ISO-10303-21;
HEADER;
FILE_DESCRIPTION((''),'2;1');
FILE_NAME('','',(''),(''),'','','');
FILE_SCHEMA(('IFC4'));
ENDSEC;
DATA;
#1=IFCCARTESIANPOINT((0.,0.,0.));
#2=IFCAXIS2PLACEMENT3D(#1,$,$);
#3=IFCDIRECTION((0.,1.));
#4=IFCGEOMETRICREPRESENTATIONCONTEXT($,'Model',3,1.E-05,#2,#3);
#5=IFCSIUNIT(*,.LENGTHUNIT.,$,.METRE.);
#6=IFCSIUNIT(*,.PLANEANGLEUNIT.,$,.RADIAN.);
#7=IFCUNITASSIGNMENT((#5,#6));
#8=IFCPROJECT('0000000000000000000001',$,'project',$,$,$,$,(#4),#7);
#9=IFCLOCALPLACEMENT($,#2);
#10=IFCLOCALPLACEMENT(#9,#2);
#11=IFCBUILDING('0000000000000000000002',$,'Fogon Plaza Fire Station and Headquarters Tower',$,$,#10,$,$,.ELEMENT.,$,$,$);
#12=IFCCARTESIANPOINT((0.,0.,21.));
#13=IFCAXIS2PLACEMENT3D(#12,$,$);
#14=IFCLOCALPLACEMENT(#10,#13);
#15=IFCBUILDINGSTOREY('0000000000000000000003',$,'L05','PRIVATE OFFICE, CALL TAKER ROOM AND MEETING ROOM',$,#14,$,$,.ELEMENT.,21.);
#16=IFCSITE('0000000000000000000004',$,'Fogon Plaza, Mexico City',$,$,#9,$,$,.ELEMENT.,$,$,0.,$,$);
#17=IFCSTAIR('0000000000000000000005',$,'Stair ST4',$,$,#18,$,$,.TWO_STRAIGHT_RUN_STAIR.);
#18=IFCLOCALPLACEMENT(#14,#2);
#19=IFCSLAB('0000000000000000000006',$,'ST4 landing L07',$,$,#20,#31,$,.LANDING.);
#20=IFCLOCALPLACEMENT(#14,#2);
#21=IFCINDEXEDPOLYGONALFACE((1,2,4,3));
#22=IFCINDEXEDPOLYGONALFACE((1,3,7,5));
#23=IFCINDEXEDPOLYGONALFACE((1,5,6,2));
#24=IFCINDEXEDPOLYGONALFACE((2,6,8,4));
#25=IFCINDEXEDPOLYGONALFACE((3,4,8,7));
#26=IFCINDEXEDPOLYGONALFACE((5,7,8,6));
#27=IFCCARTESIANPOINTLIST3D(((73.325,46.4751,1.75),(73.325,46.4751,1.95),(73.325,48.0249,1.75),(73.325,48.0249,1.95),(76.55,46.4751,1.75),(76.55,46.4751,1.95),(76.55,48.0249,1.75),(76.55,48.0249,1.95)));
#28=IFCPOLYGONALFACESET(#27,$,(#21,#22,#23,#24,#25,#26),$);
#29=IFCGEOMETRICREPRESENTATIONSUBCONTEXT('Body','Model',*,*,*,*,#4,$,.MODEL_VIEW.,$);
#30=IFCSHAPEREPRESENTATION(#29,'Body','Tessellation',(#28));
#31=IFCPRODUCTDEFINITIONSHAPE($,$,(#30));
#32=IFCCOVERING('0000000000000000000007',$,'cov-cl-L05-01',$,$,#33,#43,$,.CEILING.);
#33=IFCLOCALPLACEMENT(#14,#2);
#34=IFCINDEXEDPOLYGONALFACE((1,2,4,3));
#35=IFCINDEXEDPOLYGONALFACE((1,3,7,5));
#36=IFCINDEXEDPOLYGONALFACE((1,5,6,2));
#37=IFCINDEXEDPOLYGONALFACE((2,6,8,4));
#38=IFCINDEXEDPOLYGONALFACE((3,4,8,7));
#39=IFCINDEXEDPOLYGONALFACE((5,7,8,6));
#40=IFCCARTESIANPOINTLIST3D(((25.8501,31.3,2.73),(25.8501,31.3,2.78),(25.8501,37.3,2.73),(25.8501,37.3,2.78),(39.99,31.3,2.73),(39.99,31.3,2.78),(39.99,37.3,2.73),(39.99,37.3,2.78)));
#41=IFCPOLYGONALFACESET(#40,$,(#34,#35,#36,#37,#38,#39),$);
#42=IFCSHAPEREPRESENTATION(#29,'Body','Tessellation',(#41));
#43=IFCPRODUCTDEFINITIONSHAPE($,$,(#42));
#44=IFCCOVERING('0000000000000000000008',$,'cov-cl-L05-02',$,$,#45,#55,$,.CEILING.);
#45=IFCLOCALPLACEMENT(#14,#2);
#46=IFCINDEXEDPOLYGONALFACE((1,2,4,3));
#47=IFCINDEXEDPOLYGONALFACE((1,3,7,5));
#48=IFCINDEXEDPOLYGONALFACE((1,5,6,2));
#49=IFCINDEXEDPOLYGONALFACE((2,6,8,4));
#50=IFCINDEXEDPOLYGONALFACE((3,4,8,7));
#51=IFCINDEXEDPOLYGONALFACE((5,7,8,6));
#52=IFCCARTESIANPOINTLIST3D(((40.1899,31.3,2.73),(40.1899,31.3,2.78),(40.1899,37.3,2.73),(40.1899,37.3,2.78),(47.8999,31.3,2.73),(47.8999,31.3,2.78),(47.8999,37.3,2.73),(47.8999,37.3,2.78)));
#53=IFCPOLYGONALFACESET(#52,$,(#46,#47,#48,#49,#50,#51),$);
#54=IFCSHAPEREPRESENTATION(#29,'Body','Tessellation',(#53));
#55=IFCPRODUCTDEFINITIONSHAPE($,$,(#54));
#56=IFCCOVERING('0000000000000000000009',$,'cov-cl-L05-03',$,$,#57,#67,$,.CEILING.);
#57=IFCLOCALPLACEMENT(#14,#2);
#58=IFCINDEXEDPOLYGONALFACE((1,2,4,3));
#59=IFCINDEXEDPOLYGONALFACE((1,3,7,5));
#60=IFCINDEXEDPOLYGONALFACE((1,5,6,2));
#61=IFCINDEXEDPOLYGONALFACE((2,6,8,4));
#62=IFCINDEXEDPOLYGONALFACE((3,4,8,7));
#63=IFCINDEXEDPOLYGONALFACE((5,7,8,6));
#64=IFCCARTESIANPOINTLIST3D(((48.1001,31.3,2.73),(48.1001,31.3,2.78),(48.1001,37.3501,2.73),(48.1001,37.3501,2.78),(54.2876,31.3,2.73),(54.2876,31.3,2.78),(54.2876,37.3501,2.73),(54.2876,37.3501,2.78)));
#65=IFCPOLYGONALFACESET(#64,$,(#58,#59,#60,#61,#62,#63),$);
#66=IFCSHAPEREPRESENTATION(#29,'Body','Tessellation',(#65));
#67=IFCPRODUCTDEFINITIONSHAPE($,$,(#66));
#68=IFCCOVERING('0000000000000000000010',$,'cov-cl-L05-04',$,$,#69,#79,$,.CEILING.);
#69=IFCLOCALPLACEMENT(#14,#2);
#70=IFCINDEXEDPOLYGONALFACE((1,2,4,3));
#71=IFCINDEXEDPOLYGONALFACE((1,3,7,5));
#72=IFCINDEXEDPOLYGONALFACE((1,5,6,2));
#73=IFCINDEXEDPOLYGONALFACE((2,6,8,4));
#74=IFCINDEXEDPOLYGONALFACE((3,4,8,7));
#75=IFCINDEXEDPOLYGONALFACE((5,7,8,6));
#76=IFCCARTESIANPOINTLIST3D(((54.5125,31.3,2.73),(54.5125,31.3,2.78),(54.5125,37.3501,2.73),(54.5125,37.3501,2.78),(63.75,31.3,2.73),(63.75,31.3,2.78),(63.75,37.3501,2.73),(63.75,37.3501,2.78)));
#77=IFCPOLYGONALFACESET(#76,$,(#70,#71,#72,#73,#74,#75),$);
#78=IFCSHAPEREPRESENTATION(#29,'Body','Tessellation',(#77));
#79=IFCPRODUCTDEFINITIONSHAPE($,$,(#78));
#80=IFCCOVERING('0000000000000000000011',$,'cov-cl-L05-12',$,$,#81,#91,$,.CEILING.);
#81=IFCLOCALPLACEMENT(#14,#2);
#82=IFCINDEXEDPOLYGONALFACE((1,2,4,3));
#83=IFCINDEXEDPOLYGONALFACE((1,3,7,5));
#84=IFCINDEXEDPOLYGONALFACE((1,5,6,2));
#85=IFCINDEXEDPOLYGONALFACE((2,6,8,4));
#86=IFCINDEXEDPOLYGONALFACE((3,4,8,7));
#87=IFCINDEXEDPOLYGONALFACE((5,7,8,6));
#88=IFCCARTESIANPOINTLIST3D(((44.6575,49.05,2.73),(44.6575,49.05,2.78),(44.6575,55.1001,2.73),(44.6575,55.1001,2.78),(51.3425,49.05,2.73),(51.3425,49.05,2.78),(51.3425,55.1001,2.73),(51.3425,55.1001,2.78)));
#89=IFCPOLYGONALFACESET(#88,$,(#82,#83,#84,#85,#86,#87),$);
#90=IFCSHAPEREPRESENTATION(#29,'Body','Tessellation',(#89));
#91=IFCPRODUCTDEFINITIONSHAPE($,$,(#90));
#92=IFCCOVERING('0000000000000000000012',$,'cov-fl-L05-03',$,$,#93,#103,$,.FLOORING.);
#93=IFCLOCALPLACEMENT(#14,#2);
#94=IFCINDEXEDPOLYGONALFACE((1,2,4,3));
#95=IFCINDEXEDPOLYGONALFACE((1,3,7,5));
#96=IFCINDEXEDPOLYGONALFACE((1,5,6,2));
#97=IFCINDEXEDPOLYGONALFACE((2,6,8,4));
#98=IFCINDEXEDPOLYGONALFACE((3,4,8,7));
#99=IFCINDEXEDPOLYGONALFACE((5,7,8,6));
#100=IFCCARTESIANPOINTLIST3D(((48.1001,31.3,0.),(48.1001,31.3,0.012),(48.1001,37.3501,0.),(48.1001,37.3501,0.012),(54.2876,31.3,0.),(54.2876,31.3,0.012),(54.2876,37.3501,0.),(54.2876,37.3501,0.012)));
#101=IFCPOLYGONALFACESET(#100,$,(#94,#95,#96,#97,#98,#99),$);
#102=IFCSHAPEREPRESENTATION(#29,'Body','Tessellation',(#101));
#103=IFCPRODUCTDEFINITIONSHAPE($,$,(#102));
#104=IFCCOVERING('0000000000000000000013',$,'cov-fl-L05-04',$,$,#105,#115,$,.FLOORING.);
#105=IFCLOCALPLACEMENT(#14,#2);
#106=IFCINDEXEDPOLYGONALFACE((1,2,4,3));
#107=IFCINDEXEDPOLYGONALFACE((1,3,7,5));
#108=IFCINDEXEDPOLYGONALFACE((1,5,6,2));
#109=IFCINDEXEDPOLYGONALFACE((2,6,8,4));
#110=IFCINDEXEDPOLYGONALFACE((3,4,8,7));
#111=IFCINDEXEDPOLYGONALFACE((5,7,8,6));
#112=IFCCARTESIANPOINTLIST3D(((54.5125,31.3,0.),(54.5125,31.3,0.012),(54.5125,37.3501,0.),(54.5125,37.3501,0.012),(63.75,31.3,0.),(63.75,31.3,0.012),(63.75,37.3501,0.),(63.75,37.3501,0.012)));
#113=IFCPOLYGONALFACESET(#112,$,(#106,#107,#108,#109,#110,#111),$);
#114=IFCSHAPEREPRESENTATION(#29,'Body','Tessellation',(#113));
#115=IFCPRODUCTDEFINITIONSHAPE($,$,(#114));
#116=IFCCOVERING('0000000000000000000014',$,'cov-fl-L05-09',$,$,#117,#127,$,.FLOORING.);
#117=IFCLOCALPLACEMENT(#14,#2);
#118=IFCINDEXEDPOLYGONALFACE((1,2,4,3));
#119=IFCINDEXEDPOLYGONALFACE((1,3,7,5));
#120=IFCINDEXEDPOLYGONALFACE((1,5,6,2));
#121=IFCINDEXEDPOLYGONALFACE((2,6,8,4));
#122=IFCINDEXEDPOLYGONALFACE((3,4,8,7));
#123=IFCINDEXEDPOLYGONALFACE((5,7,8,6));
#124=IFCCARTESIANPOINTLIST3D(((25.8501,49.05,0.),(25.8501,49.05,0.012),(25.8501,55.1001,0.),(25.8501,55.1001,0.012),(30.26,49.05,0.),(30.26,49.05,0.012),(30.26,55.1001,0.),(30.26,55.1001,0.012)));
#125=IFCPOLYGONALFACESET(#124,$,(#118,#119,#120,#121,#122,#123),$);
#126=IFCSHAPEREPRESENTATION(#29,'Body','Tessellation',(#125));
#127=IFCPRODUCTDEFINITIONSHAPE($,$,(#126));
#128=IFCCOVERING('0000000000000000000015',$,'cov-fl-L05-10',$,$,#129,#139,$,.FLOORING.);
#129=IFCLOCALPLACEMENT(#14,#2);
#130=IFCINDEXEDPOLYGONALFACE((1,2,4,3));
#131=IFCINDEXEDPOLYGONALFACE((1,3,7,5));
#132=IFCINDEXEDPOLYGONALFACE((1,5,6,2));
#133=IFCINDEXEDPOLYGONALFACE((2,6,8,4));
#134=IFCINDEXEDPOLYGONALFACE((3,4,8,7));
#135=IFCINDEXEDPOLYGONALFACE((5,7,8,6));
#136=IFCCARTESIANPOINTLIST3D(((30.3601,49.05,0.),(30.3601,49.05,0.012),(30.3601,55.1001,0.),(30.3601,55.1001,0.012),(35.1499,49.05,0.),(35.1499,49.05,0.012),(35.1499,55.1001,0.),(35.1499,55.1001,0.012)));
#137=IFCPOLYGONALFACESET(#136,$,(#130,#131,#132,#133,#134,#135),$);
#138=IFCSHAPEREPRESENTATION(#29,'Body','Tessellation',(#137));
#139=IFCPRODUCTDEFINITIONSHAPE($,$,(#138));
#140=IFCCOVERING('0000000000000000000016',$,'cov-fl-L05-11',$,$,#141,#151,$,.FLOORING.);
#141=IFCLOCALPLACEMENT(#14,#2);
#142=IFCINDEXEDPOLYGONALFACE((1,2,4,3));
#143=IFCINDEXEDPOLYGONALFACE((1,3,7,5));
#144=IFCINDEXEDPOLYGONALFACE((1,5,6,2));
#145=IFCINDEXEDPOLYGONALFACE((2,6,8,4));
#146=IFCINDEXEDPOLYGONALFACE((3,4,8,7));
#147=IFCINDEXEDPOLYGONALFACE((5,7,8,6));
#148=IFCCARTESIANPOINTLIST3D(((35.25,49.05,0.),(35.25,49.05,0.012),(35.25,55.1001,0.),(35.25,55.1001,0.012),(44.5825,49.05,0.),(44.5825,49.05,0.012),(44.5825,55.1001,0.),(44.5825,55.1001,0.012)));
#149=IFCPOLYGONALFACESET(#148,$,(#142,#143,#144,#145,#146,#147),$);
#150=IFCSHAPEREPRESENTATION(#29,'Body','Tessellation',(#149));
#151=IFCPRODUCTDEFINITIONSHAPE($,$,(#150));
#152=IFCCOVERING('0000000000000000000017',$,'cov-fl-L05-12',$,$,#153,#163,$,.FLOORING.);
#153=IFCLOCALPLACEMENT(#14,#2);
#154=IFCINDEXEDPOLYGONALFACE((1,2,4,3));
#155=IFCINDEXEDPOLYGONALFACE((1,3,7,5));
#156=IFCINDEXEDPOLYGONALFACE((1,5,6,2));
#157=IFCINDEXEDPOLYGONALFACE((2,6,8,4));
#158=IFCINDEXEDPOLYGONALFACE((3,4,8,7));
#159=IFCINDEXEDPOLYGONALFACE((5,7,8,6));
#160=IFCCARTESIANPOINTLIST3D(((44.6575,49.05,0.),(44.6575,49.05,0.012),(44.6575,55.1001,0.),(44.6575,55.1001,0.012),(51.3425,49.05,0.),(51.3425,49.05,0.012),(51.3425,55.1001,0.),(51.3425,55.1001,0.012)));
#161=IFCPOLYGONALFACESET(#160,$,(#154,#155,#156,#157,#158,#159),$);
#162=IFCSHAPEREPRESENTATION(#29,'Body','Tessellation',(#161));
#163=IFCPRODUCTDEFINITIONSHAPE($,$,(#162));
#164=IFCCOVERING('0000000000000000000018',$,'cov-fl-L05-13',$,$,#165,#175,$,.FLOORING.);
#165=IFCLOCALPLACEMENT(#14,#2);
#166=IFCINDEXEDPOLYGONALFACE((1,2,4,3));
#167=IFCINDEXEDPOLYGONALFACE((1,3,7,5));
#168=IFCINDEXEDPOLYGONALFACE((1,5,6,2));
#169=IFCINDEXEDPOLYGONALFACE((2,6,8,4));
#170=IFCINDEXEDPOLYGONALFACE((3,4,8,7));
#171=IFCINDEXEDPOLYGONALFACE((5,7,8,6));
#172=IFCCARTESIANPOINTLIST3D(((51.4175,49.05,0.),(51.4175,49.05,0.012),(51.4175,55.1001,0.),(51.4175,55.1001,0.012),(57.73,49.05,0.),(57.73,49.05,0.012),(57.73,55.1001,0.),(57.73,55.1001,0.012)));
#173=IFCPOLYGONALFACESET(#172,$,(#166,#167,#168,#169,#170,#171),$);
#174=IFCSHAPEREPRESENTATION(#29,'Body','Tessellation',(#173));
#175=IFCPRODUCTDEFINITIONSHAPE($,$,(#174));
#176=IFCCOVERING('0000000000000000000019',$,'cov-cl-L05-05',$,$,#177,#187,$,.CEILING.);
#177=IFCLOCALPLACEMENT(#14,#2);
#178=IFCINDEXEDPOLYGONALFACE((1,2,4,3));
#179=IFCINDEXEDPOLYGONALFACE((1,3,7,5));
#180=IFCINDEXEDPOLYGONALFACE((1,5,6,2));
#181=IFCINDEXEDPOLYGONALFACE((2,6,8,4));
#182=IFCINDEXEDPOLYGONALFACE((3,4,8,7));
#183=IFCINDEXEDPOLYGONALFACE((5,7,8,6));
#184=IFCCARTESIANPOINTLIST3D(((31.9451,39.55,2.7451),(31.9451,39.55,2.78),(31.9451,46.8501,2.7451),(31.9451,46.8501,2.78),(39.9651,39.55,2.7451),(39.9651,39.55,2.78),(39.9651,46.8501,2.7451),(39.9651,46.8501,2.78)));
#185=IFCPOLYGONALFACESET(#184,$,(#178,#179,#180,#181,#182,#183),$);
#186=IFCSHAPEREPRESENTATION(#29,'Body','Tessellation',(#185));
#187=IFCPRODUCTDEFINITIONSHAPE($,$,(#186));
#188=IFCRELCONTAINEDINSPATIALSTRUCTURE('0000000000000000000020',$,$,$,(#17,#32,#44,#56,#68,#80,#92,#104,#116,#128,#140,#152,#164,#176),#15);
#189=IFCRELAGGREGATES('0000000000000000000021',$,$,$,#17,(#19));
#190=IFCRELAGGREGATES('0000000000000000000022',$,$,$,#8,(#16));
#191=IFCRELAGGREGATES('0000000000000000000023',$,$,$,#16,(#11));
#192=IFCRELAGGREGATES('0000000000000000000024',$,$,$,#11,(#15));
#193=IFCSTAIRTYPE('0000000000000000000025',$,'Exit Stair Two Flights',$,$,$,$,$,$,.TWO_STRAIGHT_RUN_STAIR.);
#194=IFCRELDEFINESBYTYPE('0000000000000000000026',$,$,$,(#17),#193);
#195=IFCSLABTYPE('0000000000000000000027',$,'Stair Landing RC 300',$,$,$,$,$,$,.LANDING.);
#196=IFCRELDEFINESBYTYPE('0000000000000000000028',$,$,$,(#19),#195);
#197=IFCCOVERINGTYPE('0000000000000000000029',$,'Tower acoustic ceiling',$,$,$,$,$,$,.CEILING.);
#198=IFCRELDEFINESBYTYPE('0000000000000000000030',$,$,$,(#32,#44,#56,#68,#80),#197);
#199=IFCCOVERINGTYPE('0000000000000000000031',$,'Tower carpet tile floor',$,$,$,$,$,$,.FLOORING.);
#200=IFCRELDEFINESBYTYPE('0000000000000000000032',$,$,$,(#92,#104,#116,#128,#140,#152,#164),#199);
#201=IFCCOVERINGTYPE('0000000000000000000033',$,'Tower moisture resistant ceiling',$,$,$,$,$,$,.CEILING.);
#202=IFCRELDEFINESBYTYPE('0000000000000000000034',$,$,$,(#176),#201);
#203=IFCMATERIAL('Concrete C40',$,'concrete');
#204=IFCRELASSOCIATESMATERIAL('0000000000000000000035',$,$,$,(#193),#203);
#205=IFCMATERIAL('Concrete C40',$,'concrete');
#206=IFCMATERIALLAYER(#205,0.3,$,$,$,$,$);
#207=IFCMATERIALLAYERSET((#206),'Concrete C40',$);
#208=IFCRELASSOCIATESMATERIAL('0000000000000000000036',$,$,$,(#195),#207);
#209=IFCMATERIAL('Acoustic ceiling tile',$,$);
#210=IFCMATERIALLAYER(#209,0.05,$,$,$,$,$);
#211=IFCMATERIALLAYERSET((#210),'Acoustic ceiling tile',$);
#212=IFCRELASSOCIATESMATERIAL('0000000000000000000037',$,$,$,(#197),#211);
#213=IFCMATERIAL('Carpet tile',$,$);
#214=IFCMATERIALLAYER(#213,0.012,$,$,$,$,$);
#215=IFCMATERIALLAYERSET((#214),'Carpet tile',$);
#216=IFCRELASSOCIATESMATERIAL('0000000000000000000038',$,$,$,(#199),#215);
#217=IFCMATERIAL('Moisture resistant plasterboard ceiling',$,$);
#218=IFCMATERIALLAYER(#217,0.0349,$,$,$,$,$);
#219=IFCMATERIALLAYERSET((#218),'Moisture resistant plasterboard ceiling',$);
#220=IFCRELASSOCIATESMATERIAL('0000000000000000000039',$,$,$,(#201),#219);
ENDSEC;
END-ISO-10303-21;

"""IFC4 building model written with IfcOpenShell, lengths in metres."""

from ifc_helpers import new_model, si_unit, direction, frame, origin, place, context, subcontext, project, spatial, polyline, outline, extrude, material, layer, layer_set, type_object, element, aggregate, save


model = new_model("IFC4")

# Units and contexts
model_context = context("Model", 3, precision=1e-05, world=origin(), true_north=direction((0.0, 1.0)))
body_context = subcontext(model_context, "Body", "Model", "MODEL_VIEW")
ifc_project = project(units=[si_unit("LENGTHUNIT", "METRE"), si_unit("PLANEANGLEUNIT", "RADIAN")], contexts=[model_context])

# Site, building, storey
site_placement = place(None, origin())
site = spatial("IfcSite", under=ifc_project, at=site_placement, Name="Fogon Plaza, Mexico City", CompositionType="ELEMENT", RefElevation=0.0)
building_placement = place(site_placement, origin())
building = spatial("IfcBuilding", under=site, at=building_placement, Name="Fogon Plaza Fire Station and Headquarters Tower", CompositionType="ELEMENT")
storey_placement = place(building_placement, frame((0.0, 0.0, 21.0)))
storey = spatial("IfcBuildingStorey", under=building, at=storey_placement, Name="L05", Description="PRIVATE OFFICE, CALL TAKER ROOM AND MEETING ROOM", CompositionType="ELEMENT", Elevation=21.0)

# Stair, slab
ifc_material_1 = material(Name="Concrete C40", Category="concrete")
stair_type_1 = type_object("IfcStairType", Name="Exit Stair Two Flights", PredefinedType="TWO_STRAIGHT_RUN_STAIR", material=ifc_material_1)
ifc_material_2 = material(Name="Concrete C40", Category="concrete")
ifc_layer_1 = layer(ifc_material_2, 0.3)
ifc_layer_set_1 = layer_set([ifc_layer_1], Name="Concrete C40")
slab_type_1 = type_object("IfcSlabType", Name="Stair Landing RC 300", PredefinedType="LANDING", material=ifc_layer_set_1)
stair_1_placement = place(storey_placement, origin())
stair_1 = element("IfcStair", 1, at=stair_1_placement, inside=storey, type_object=stair_type_1, Name="Stair ST4", PredefinedType="TWO_STRAIGHT_RUN_STAIR")
slab_1_placement = place(storey_placement, frame((0.0, 0.0, 1.75)))
slab_1 = element("IfcSlab", 2, at=slab_1_placement, type_object=slab_type_1, Name="ST4 landing L07", PredefinedType="LANDING", context=body_context, shape_type="SweptSolid", body=[
    extrude(outline(polyline([(73.325, 46.4751), (76.55, 46.4751), (76.55, 48.0249), (73.325, 48.0249), (73.325, 46.4751)])), origin(), (0.0, 0.0, 1.0), 0.2),
])
aggregate(stair_1, [slab_1])

# Coverings
ifc_material_3 = material(Name="Acoustic ceiling tile")
ifc_layer_2 = layer(ifc_material_3, 0.05)
ifc_layer_set_2 = layer_set([ifc_layer_2], Name="Acoustic ceiling tile")
covering_type_1 = type_object("IfcCoveringType", Name="Tower acoustic ceiling", PredefinedType="CEILING", material=ifc_layer_set_2)
covering_1_placement = place(storey_placement, frame((0.0, 0.0, 2.73)))
element("IfcCovering", 3, at=covering_1_placement, inside=storey, type_object=covering_type_1, Name="cov-cl-L05-01", PredefinedType="CEILING", context=body_context, shape_type="SweptSolid", body=[
    extrude(outline(polyline([(39.99, 31.3), (39.99, 37.3), (25.8501, 37.3), (25.8501, 31.3), (39.99, 31.3)])), origin(), (0.0, 0.0, 1.0), 0.05),
])
covering_2_placement = place(storey_placement, frame((0.0, 0.0, 2.73)))
element("IfcCovering", 4, at=covering_2_placement, inside=storey, type_object=covering_type_1, Name="cov-cl-L05-02", PredefinedType="CEILING", context=body_context, shape_type="SweptSolid", body=[
    extrude(outline(polyline([(47.8999, 31.3), (47.8999, 37.3), (40.1899, 37.3), (40.1899, 31.3), (47.8999, 31.3)])), origin(), (0.0, 0.0, 1.0), 0.05),
])
covering_3_placement = place(storey_placement, frame((0.0, 0.0, 2.73)))
element("IfcCovering", 5, at=covering_3_placement, inside=storey, type_object=covering_type_1, Name="cov-cl-L05-03", PredefinedType="CEILING", context=body_context, shape_type="SweptSolid", body=[
    extrude(outline(polyline([(54.2876, 31.3), (54.2876, 37.3501), (48.1001, 37.3501), (48.1001, 31.3), (54.2876, 31.3)])), origin(), (0.0, 0.0, 1.0), 0.05),
])
covering_4_placement = place(storey_placement, frame((0.0, 0.0, 2.73)))
element("IfcCovering", 6, at=covering_4_placement, inside=storey, type_object=covering_type_1, Name="cov-cl-L05-04", PredefinedType="CEILING", context=body_context, shape_type="SweptSolid", body=[
    extrude(outline(polyline([(63.75, 31.3), (63.75, 37.3501), (54.5125, 37.3501), (54.5125, 31.3), (63.75, 31.3)])), origin(), (0.0, 0.0, 1.0), 0.05),
])
covering_5_placement = place(storey_placement, frame((0.0, 0.0, 2.73)))
element("IfcCovering", 7, at=covering_5_placement, inside=storey, type_object=covering_type_1, Name="cov-cl-L05-12", PredefinedType="CEILING", context=body_context, shape_type="SweptSolid", body=[
    extrude(outline(polyline([(51.3425, 49.05), (51.3425, 55.1001), (44.6575, 55.1001), (44.6575, 49.05), (51.3425, 49.05)])), origin(), (0.0, 0.0, 1.0), 0.05),
])
ifc_material_4 = material(Name="Carpet tile")
ifc_layer_3 = layer(ifc_material_4, 0.012)
ifc_layer_set_3 = layer_set([ifc_layer_3], Name="Carpet tile")
covering_type_2 = type_object("IfcCoveringType", Name="Tower carpet tile floor", PredefinedType="FLOORING", material=ifc_layer_set_3)
covering_6_placement = place(storey_placement, origin())
element("IfcCovering", 8, at=covering_6_placement, inside=storey, type_object=covering_type_2, Name="cov-fl-L05-03", PredefinedType="FLOORING", context=body_context, shape_type="SweptSolid", body=[
    extrude(outline(polyline([(54.2876, 31.3), (54.2876, 37.3501), (48.1001, 37.3501), (48.1001, 31.3), (54.2876, 31.3)])), origin(), (0.0, 0.0, 1.0), 0.012),
])
covering_7_placement = place(storey_placement, origin())
element("IfcCovering", 9, at=covering_7_placement, inside=storey, type_object=covering_type_2, Name="cov-fl-L05-04", PredefinedType="FLOORING", context=body_context, shape_type="SweptSolid", body=[
    extrude(outline(polyline([(63.75, 31.3), (63.75, 37.3501), (54.5125, 37.3501), (54.5125, 31.3), (63.75, 31.3)])), origin(), (0.0, 0.0, 1.0), 0.012),
])
covering_8_placement = place(storey_placement, origin())
element("IfcCovering", 10, at=covering_8_placement, inside=storey, type_object=covering_type_2, Name="cov-fl-L05-09", PredefinedType="FLOORING", context=body_context, shape_type="SweptSolid", body=[
    extrude(outline(polyline([(30.26, 49.05), (30.26, 55.1001), (25.8501, 55.1001), (25.8501, 49.05), (30.26, 49.05)])), origin(), (0.0, 0.0, 1.0), 0.012),
])
covering_9_placement = place(storey_placement, origin())
element("IfcCovering", 11, at=covering_9_placement, inside=storey, type_object=covering_type_2, Name="cov-fl-L05-10", PredefinedType="FLOORING", context=body_context, shape_type="SweptSolid", body=[
    extrude(outline(polyline([(35.1499, 49.05), (35.1499, 55.1001), (30.3601, 55.1001), (30.3601, 49.05), (35.1499, 49.05)])), origin(), (0.0, 0.0, 1.0), 0.012),
])
covering_10_placement = place(storey_placement, origin())
element("IfcCovering", 12, at=covering_10_placement, inside=storey, type_object=covering_type_2, Name="cov-fl-L05-11", PredefinedType="FLOORING", context=body_context, shape_type="SweptSolid", body=[
    extrude(outline(polyline([(44.5825, 49.05), (44.5825, 55.1001), (35.25, 55.1001), (35.25, 49.05), (44.5825, 49.05)])), origin(), (0.0, 0.0, 1.0), 0.012),
])
covering_11_placement = place(storey_placement, origin())
element("IfcCovering", 13, at=covering_11_placement, inside=storey, type_object=covering_type_2, Name="cov-fl-L05-12", PredefinedType="FLOORING", context=body_context, shape_type="SweptSolid", body=[
    extrude(outline(polyline([(51.3425, 49.05), (51.3425, 55.1001), (44.6575, 55.1001), (44.6575, 49.05), (51.3425, 49.05)])), origin(), (0.0, 0.0, 1.0), 0.012),
])
covering_12_placement = place(storey_placement, origin())
element("IfcCovering", 14, at=covering_12_placement, inside=storey, type_object=covering_type_2, Name="cov-fl-L05-13", PredefinedType="FLOORING", context=body_context, shape_type="SweptSolid", body=[
    extrude(outline(polyline([(57.73, 49.05), (57.73, 55.1001), (51.4175, 55.1001), (51.4175, 49.05), (57.73, 49.05)])), origin(), (0.0, 0.0, 1.0), 0.012),
])
ifc_material_5 = material(Name="Moisture resistant plasterboard ceiling")
ifc_layer_4 = layer(ifc_material_5, 0.0349)
ifc_layer_set_4 = layer_set([ifc_layer_4], Name="Moisture resistant plasterboard ceiling")
covering_type_3 = type_object("IfcCoveringType", Name="Tower moisture resistant ceiling", PredefinedType="CEILING", material=ifc_layer_set_4)
covering_13_placement = place(storey_placement, frame((0.0, 0.0, 2.7451)))
element("IfcCovering", 15, at=covering_13_placement, inside=storey, type_object=covering_type_3, Name="cov-cl-L05-05", PredefinedType="CEILING", context=body_context, shape_type="SweptSolid", body=[
    extrude(outline(polyline([(39.9651, 39.55), (39.9651, 46.8501), (31.9451, 46.8501), (31.9451, 39.55), (39.9651, 39.55)])), origin(), (0.0, 0.0, 1.0), 0.0349),
])

save(model, "model.ifc")
